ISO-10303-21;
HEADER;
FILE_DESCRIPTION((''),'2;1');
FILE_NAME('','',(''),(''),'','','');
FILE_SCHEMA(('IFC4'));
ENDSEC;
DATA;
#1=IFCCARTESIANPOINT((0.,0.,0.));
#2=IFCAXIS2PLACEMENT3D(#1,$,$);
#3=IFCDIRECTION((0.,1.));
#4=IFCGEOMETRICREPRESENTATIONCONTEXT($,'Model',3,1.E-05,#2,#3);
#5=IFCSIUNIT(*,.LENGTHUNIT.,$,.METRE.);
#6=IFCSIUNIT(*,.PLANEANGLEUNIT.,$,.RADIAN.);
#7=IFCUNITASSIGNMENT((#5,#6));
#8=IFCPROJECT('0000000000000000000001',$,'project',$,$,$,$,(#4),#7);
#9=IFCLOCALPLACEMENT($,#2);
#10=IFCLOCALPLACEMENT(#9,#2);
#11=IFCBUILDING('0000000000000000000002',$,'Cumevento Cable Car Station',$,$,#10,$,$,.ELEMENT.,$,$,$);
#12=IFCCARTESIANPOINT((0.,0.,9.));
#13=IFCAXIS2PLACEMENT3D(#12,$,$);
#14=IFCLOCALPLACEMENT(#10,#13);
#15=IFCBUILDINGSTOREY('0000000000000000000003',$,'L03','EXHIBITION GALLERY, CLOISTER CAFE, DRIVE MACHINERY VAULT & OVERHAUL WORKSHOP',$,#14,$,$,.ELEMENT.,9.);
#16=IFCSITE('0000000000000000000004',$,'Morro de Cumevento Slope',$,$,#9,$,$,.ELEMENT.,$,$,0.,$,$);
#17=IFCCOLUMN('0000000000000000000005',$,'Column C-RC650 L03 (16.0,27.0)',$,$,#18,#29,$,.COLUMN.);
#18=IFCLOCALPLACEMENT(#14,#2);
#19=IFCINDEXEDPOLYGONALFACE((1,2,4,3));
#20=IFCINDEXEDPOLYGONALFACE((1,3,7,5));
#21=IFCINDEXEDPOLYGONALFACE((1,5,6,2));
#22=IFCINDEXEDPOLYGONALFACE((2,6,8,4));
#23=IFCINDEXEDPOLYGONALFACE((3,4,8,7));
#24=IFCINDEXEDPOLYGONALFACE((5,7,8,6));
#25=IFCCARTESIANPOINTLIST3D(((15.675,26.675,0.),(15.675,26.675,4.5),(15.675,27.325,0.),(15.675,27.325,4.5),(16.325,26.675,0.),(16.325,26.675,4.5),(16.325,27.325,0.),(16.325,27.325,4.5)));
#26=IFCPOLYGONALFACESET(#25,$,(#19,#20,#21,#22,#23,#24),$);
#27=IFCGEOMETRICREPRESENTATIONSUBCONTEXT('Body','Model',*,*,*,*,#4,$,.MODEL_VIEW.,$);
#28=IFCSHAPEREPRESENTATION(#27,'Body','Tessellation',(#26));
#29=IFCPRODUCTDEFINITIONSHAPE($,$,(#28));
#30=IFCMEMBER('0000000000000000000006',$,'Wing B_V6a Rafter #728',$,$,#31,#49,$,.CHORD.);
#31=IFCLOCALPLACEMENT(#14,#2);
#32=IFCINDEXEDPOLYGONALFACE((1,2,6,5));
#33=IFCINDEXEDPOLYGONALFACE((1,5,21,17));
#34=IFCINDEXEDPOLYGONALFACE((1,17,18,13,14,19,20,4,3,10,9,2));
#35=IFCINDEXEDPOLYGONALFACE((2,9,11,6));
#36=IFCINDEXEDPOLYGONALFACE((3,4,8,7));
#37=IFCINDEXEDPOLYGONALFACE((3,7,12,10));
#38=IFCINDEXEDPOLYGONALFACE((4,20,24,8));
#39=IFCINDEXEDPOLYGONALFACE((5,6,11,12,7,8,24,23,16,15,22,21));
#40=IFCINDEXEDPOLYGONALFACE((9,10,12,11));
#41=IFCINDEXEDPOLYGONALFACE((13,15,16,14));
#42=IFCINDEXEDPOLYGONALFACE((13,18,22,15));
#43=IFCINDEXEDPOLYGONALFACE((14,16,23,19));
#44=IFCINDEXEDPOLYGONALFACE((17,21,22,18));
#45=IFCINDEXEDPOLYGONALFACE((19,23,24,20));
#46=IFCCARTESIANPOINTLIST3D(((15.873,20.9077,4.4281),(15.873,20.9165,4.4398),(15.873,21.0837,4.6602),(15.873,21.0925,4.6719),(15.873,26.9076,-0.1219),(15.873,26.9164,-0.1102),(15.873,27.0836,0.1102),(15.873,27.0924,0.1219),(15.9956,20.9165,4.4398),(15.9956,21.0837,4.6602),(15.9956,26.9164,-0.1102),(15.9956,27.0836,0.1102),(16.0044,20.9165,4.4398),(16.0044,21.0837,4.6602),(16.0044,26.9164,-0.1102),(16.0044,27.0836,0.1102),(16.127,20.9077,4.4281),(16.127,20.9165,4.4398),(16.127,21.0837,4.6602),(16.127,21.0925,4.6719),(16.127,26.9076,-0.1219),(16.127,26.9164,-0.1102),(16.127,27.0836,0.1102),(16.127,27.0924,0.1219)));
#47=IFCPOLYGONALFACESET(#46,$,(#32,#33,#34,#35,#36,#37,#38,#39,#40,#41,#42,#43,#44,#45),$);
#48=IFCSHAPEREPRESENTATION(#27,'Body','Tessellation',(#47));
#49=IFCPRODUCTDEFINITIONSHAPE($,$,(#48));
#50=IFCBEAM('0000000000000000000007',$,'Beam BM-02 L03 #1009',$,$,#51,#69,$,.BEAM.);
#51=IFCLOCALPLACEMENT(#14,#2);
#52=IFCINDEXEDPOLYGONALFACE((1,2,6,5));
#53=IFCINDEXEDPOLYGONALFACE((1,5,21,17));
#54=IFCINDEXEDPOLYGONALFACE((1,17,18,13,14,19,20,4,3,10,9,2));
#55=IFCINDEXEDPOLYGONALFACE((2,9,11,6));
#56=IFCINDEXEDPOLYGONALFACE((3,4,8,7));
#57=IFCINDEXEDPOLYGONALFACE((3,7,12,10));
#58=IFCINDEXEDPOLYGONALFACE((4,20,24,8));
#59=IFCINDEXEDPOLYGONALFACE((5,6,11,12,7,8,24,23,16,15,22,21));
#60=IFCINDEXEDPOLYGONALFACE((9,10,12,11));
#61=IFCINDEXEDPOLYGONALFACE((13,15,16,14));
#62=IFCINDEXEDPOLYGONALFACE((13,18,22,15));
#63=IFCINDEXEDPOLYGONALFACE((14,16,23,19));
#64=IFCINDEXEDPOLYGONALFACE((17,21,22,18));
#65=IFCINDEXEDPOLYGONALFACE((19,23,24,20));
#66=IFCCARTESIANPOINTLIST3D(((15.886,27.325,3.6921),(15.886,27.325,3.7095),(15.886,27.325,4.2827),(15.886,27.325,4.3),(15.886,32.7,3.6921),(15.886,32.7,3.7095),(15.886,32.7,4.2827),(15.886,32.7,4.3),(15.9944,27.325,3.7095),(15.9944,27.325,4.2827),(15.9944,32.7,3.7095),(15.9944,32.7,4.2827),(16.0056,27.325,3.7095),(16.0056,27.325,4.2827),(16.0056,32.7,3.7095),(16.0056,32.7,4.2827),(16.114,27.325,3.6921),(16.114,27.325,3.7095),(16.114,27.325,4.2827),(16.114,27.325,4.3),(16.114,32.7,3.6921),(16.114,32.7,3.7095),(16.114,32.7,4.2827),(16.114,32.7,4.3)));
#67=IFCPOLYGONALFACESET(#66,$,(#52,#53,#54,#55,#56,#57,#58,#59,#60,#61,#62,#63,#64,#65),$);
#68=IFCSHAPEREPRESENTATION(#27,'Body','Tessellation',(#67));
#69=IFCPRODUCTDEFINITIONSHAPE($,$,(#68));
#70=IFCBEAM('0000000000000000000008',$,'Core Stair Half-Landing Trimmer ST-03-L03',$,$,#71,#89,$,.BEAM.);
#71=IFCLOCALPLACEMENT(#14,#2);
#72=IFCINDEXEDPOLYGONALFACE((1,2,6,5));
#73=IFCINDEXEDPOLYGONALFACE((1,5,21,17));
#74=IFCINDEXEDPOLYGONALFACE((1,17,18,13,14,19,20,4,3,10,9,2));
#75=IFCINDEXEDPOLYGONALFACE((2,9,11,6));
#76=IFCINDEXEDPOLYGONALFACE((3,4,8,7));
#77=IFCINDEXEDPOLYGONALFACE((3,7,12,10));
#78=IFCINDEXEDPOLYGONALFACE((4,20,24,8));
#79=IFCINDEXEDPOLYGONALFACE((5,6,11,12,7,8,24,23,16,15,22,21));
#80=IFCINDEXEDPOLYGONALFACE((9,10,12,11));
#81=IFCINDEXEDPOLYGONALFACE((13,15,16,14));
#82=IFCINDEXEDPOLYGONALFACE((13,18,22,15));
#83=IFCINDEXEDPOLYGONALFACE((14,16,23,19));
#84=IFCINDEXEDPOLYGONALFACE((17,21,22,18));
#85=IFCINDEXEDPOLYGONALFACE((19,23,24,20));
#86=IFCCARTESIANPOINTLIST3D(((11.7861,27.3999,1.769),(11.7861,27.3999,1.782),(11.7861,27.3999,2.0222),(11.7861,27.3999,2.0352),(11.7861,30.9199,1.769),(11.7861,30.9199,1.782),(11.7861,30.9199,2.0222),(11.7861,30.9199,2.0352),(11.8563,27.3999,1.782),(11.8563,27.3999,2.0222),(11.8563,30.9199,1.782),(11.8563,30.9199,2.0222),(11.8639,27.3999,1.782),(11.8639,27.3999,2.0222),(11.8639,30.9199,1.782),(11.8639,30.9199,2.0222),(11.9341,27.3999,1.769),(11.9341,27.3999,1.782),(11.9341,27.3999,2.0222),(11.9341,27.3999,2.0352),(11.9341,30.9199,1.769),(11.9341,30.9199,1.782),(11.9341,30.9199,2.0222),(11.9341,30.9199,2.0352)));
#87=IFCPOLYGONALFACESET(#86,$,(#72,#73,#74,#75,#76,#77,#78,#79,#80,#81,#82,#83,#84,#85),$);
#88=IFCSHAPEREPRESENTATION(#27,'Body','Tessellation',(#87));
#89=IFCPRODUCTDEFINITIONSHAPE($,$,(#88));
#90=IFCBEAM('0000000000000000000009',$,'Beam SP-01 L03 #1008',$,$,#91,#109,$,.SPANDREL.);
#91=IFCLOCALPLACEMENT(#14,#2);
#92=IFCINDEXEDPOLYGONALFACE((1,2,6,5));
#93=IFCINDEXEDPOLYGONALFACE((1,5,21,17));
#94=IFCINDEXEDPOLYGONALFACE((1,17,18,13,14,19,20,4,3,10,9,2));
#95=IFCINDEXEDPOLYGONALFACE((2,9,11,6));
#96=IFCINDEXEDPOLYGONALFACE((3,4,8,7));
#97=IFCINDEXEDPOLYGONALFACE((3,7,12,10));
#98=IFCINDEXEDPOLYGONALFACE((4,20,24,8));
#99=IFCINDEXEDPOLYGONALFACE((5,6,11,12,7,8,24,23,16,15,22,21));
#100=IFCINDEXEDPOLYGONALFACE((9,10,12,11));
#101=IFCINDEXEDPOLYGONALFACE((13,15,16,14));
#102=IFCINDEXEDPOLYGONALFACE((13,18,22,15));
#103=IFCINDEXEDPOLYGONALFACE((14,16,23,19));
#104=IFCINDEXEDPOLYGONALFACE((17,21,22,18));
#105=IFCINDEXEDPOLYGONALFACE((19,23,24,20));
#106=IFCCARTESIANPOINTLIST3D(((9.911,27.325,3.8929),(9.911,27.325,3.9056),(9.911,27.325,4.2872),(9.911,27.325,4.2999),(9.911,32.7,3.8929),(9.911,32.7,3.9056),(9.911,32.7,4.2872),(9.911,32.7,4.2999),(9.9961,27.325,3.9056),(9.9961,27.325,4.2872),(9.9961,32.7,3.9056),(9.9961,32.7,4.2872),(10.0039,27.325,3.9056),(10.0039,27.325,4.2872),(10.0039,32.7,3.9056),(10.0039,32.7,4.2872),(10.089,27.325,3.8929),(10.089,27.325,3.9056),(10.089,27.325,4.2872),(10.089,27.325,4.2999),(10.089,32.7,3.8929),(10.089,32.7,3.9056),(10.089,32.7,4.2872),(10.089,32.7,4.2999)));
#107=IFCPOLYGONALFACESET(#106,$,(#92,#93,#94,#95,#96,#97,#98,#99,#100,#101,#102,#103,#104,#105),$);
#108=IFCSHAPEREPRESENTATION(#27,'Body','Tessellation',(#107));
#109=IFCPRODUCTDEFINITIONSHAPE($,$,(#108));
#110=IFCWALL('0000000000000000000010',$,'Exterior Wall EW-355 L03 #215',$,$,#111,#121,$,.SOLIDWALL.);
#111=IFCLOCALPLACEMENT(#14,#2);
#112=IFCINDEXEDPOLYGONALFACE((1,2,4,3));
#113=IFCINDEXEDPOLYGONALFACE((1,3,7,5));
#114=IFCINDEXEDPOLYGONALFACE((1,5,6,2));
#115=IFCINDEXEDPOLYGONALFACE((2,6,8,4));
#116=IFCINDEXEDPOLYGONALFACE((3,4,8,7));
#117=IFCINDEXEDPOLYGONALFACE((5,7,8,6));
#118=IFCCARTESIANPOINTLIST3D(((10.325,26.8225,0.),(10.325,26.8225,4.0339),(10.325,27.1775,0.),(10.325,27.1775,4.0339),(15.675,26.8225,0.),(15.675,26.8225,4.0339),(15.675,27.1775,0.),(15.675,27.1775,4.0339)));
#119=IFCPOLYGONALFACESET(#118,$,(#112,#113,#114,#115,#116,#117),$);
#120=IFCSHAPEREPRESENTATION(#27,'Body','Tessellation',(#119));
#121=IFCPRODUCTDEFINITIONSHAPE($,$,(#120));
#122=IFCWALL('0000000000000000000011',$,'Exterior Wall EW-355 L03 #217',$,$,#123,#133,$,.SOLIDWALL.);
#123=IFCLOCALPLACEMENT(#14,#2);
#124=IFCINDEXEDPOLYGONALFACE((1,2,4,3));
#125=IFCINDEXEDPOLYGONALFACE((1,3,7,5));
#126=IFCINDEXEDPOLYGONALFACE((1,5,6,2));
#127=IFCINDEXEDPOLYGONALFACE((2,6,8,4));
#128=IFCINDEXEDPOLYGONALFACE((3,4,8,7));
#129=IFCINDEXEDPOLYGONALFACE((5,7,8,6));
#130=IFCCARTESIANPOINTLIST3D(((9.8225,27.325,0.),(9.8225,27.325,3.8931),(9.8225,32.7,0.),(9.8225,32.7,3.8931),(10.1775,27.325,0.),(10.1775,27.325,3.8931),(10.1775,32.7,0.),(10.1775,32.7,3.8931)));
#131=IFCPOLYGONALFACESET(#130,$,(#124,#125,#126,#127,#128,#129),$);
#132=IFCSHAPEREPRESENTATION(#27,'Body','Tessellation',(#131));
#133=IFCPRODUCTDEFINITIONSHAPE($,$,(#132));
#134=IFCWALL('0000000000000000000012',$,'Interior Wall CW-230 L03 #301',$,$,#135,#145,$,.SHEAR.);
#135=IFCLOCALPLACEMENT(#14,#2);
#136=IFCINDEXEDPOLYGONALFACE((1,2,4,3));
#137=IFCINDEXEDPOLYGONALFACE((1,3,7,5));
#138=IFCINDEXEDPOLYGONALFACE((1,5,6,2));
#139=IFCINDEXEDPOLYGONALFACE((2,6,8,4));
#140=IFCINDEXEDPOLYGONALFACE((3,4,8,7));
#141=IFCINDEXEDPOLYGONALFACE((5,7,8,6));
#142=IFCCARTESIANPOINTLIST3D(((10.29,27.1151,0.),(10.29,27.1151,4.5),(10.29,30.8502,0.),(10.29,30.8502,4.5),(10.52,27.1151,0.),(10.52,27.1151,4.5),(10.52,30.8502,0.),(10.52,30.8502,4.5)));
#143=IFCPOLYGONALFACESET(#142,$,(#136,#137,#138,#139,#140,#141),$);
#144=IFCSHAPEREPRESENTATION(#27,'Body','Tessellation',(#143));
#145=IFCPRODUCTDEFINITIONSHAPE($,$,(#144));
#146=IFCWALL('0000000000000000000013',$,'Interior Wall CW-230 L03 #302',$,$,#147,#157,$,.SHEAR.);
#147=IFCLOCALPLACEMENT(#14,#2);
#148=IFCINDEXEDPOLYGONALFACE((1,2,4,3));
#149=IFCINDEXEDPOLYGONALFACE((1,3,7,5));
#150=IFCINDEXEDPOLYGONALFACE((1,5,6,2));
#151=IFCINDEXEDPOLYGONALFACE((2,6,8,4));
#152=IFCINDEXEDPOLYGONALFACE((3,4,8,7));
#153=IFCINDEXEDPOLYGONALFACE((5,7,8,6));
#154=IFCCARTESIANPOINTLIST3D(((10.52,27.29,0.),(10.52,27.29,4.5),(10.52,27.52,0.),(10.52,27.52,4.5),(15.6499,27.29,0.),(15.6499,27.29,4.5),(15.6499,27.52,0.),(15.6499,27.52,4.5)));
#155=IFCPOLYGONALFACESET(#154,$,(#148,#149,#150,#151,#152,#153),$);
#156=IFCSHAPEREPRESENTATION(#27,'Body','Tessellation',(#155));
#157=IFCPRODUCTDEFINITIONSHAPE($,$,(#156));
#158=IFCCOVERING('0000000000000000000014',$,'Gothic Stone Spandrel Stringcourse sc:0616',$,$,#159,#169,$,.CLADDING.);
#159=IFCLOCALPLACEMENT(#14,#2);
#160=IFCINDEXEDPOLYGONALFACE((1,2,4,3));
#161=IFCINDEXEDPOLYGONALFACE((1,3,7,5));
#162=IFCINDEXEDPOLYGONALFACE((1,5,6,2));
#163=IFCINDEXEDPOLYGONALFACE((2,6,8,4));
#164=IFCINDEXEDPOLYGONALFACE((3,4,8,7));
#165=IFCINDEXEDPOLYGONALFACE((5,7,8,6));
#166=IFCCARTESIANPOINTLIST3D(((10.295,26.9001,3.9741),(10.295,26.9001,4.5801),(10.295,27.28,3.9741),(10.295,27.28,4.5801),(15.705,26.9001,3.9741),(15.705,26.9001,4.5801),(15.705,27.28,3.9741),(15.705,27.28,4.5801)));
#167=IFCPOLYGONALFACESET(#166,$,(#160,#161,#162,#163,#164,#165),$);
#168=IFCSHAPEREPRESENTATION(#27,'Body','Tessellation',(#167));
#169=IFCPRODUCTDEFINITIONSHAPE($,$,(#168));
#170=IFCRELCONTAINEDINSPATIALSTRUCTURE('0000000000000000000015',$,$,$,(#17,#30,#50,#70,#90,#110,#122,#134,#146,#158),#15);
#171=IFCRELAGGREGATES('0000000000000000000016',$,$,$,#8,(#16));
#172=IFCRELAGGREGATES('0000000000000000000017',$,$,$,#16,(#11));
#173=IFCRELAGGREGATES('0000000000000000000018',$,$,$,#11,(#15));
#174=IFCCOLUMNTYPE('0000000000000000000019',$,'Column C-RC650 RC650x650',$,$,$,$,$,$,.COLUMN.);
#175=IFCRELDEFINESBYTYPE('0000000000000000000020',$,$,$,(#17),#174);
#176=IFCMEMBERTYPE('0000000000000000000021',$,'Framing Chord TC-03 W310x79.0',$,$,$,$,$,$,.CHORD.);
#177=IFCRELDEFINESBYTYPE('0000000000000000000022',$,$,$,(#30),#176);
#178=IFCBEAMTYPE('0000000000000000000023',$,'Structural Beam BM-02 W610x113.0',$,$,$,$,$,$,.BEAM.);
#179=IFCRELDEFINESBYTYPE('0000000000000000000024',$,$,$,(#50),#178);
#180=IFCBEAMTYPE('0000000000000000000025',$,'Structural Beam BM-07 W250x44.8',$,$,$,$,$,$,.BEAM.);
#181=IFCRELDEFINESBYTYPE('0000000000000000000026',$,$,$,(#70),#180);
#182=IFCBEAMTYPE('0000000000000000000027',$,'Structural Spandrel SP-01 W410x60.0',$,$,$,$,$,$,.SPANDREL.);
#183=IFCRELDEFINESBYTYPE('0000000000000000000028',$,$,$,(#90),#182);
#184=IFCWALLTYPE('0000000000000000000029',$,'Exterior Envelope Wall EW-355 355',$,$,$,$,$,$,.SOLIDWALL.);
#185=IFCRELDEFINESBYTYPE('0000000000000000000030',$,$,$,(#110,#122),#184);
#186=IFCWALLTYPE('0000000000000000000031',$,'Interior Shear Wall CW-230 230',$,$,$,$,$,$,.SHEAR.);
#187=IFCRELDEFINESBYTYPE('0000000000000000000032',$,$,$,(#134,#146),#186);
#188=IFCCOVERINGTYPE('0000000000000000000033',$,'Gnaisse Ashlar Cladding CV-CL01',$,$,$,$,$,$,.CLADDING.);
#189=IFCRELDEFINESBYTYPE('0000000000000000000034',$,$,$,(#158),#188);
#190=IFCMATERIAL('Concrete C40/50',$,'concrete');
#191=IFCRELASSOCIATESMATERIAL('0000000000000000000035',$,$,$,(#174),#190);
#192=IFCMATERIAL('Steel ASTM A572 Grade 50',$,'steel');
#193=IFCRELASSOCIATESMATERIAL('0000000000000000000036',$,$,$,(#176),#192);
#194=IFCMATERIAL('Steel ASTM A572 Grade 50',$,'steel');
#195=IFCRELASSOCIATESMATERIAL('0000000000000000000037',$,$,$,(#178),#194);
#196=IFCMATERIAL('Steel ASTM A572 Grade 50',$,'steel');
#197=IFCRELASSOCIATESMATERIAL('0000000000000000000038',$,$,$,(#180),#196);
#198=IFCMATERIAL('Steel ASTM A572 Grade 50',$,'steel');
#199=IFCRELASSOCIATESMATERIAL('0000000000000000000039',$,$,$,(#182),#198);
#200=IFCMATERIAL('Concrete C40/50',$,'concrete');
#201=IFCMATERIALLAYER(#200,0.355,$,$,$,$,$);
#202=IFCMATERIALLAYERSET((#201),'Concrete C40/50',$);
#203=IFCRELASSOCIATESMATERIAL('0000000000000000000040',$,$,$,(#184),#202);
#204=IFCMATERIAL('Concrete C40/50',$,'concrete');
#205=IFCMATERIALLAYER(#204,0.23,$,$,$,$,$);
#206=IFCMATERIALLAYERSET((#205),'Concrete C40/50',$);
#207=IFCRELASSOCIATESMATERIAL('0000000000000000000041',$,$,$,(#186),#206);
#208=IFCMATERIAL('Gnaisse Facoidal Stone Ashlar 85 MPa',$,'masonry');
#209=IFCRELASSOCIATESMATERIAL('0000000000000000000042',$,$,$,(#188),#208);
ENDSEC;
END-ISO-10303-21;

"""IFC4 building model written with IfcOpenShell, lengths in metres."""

from ifc_helpers import new_model, si_unit, direction, frame, frame_2d, origin, origin_2d, place, context, subcontext, project, spatial, rectangle, i_section, extrude, material, layer, layer_set, material_profile, profile_set, type_object, element, save


model = new_model("IFC4")

# Units and contexts
model_context = context("Model", 3, precision=1e-05, world=origin(), true_north=direction((0.0, 1.0)))
body_context = subcontext(model_context, "Body", "Model", "MODEL_VIEW")
ifc_project = project(units=[si_unit("LENGTHUNIT", "METRE"), si_unit("PLANEANGLEUNIT", "RADIAN")], contexts=[model_context])

# Site, building, storey
site_placement = place(None, origin())
site = spatial("IfcSite", under=ifc_project, at=site_placement, Name="Morro de Cumevento Slope", CompositionType="ELEMENT", RefElevation=0.0)
building_placement = place(site_placement, origin())
building = spatial("IfcBuilding", under=site, at=building_placement, Name="Cumevento Cable Car Station", CompositionType="ELEMENT")
storey_placement = place(building_placement, frame((0.0, 0.0, 9.0)))
storey = spatial("IfcBuildingStorey", under=building, at=storey_placement, Name="L03", Description="EXHIBITION GALLERY, CLOISTER CAFE, DRIVE MACHINERY VAULT & OVERHAUL WORKSHOP", CompositionType="ELEMENT", Elevation=9.0)

# Column
ifc_material_1 = material(Name="Concrete C40/50", Category="concrete")
ifc_material_profile_1 = material_profile(ifc_material_1, rectangle(XDim=0.6499, YDim=0.6499, at=origin_2d()), Name="RC650x650")
ifc_profile_set_1 = profile_set([ifc_material_profile_1], Name="Concrete C40/50")
column_type = type_object("IfcColumnType", Name="Column C-RC650 RC650x650", PredefinedType="COLUMN", material=ifc_profile_set_1)
column_placement = place(storey_placement, frame((16.0, 27.0, 0.0), z_axis=(0.0, 0.0, 1.0), x_axis=(1.0, 0.0, 0.0)))
element("IfcColumn", 1, at=column_placement, inside=storey, type_object=column_type, Name="Column C-RC650 L03 (16.0,27.0)", PredefinedType="COLUMN", context=body_context, shape_type="SweptSolid", body=[
    extrude(rectangle(XDim=0.6499, YDim=0.6499, at=origin_2d()), origin(), (0.0, 0.0, 1.0), 4.5),
])

# Member
ifc_material_2 = material(Name="Steel ASTM A572 Grade 50", Category="steel")
ifc_material_profile_2 = material_profile(ifc_material_2, i_section(OverallWidth=0.2539, OverallDepth=0.3059, WebThickness=0.0088, FlangeThickness=0.0146, at=origin_2d()), Name="W310x79.0")
ifc_profile_set_2 = profile_set([ifc_material_profile_2], Name="Steel ASTM A572 Grade 50")
member_type = type_object("IfcMemberType", Name="Framing Chord TC-03 W310x79.0", PredefinedType="CHORD", material=ifc_profile_set_2)
member_placement = place(storey_placement, frame((16.0, 27.0, 0.0), z_axis=(0.0, -0.796798, 0.604245), x_axis=(1.0, 0.0, 0.0)))
element("IfcMember", 2, at=member_placement, inside=storey, type_object=member_type, Name="Wing B_V6a Rafter #728", PredefinedType="CHORD", context=body_context, shape_type="SweptSolid", body=[
    extrude(i_section(OverallWidth=0.2539, OverallDepth=0.3059, WebThickness=0.0088, FlangeThickness=0.0146, at=origin_2d()), origin(), (0.0, 0.0, 1.0), 7.53),
])

# Beams
ifc_material_3 = material(Name="Steel ASTM A572 Grade 50", Category="steel")
ifc_material_profile_3 = material_profile(ifc_material_3, i_section(OverallWidth=0.228, OverallDepth=0.6079, WebThickness=0.0112, FlangeThickness=0.0173, at=origin_2d()), Name="W610x113.0")
ifc_profile_set_3 = profile_set([ifc_material_profile_3], Name="Steel ASTM A572 Grade 50")
beam_type_1 = type_object("IfcBeamType", Name="Structural Beam BM-02 W610x113.0", PredefinedType="BEAM", material=ifc_profile_set_3)
beam_1_placement = place(storey_placement, frame((16.0, 27.325, 3.9961), z_axis=(0.0, 1.0, 0.0), x_axis=(-1.0, 0.0, 0.0)))
element("IfcBeam", 3, at=beam_1_placement, inside=storey, type_object=beam_type_1, Name="Beam BM-02 L03 #1009", PredefinedType="BEAM", context=body_context, shape_type="SweptSolid", body=[
    extrude(i_section(OverallWidth=0.228, OverallDepth=0.6079, WebThickness=0.0112, FlangeThickness=0.0173, at=origin_2d()), origin(), (0.0, 0.0, 1.0), 5.375),
])
ifc_material_4 = material(Name="Steel ASTM A572 Grade 50", Category="steel")
ifc_material_profile_4 = material_profile(ifc_material_4, i_section(OverallWidth=0.1479, OverallDepth=0.2661, WebThickness=0.0076, FlangeThickness=0.0129, at=origin_2d()), Name="W250x44.8")
ifc_profile_set_4 = profile_set([ifc_material_profile_4], Name="Steel ASTM A572 Grade 50")
beam_type_2 = type_object("IfcBeamType", Name="Structural Beam BM-07 W250x44.8", PredefinedType="BEAM", material=ifc_profile_set_4)
beam_2_placement = place(storey_placement, frame((11.8601, 27.3999, 1.9021), z_axis=(0.0, 1.0, 0.0), x_axis=(-1.0, 0.0, 0.0)))
element("IfcBeam", 4, at=beam_2_placement, inside=storey, type_object=beam_type_2, Name="Core Stair Half-Landing Trimmer ST-03-L03", PredefinedType="BEAM", context=body_context, shape_type="SweptSolid", body=[
    extrude(i_section(OverallWidth=0.1479, OverallDepth=0.2661, WebThickness=0.0076, FlangeThickness=0.0129, at=origin_2d()), origin(), (0.0, 0.0, 1.0), 3.52),
])
ifc_material_5 = material(Name="Steel ASTM A572 Grade 50", Category="steel")
ifc_material_profile_5 = material_profile(ifc_material_5, i_section(OverallWidth=0.178, OverallDepth=0.407, WebThickness=0.0078, FlangeThickness=0.0127, at=origin_2d()), Name="W410x60.0")
ifc_profile_set_5 = profile_set([ifc_material_profile_5], Name="Steel ASTM A572 Grade 50")
beam_type_3 = type_object("IfcBeamType", Name="Structural Spandrel SP-01 W410x60.0", PredefinedType="SPANDREL", material=ifc_profile_set_5)
beam_3_placement = place(storey_placement, frame((10.0, 27.325, 4.0964), z_axis=(0.0, 1.0, 0.0), x_axis=(-1.0, 0.0, 0.0)))
element("IfcBeam", 5, at=beam_3_placement, inside=storey, type_object=beam_type_3, Name="Beam SP-01 L03 #1008", PredefinedType="SPANDREL", context=body_context, shape_type="SweptSolid", body=[
    extrude(i_section(OverallWidth=0.178, OverallDepth=0.407, WebThickness=0.0078, FlangeThickness=0.0127, at=origin_2d()), origin(), (0.0, 0.0, 1.0), 5.375),
])

# Walls
ifc_material_6 = material(Name="Concrete C40/50", Category="concrete")
ifc_layer_1 = layer(ifc_material_6, 0.355)
ifc_layer_set_1 = layer_set([ifc_layer_1], Name="Concrete C40/50")
wall_type_1 = type_object("IfcWallType", Name="Exterior Envelope Wall EW-355 355", PredefinedType="SOLIDWALL", material=ifc_layer_set_1)
wall_1_placement = place(storey_placement, frame((15.675, 27.0, 0.0), z_axis=(0.0, 0.0, 1.0), x_axis=(-1.0, 0.0, 0.0)))
element("IfcWall", 6, at=wall_1_placement, inside=storey, type_object=wall_type_1, Name="Exterior Wall EW-355 L03 #215", PredefinedType="SOLIDWALL", context=body_context, shape_type="SweptSolid", body=[
    extrude(rectangle(XDim=5.3501, YDim=0.355, at=frame_2d((2.675, 0.0))), origin(), (0.0, 0.0, 1.0), 4.0339),
])
wall_2_placement = place(storey_placement, frame((10.0, 27.325, 0.0), z_axis=(0.0, 0.0, 1.0), x_axis=(0.0, 1.0, 0.0)))
element("IfcWall", 7, at=wall_2_placement, inside=storey, type_object=wall_type_1, Name="Exterior Wall EW-355 L03 #217", PredefinedType="SOLIDWALL", context=body_context, shape_type="SweptSolid", body=[
    extrude(rectangle(XDim=5.375, YDim=0.355, at=frame_2d((2.6875, 0.0))), origin(), (0.0, 0.0, 1.0), 3.8931),
])
ifc_material_7 = material(Name="Concrete C40/50", Category="concrete")
ifc_layer_2 = layer(ifc_material_7, 0.23)
ifc_layer_set_2 = layer_set([ifc_layer_2], Name="Concrete C40/50")
wall_type_2 = type_object("IfcWallType", Name="Interior Shear Wall CW-230 230", PredefinedType="SHEAR", material=ifc_layer_set_2)
wall_3_placement = place(storey_placement, frame((10.405, 27.115, 0.0), z_axis=(0.0, 0.0, 1.0), x_axis=(0.0, 1.0, 0.0)))
element("IfcWall", 8, at=wall_3_placement, inside=storey, type_object=wall_type_2, Name="Interior Wall CW-230 L03 #301", PredefinedType="SHEAR", context=body_context, shape_type="SweptSolid", body=[
    extrude(rectangle(XDim=3.7351, YDim=0.23, at=frame_2d((1.8677, 0.0))), origin(), (0.0, 0.0, 1.0), 4.5),
])
wall_4_placement = place(storey_placement, frame((10.52, 27.405, 0.0), z_axis=(0.0, 0.0, 1.0), x_axis=(1.0, 0.0, 0.0)))
element("IfcWall", 9, at=wall_4_placement, inside=storey, type_object=wall_type_2, Name="Interior Wall CW-230 L03 #302", PredefinedType="SHEAR", context=body_context, shape_type="SweptSolid", body=[
    extrude(rectangle(XDim=5.1299, YDim=0.23, at=frame_2d((2.5649, 0.0))), origin(), (0.0, 0.0, 1.0), 4.5),
])

# Covering
ifc_material_8 = material(Name="Gnaisse Facoidal Stone Ashlar 85 MPa", Category="masonry")
covering_type = type_object("IfcCoveringType", Name="Gnaisse Ashlar Cladding CV-CL01", PredefinedType="CLADDING", material=ifc_material_8)
covering_1_placement = place(storey_placement, frame((13.0, 27.0901, 3.9741), z_axis=(0.0, 0.0, 1.0), x_axis=(-1.0, 0.0, 0.0)))
element("IfcCovering", 10, at=covering_1_placement, inside=storey, type_object=covering_type, Name="Gothic Stone Spandrel Stringcourse sc:0616", PredefinedType="CLADDING", context=body_context, shape_type="SweptSolid", body=[
    extrude(rectangle(XDim=5.4099, YDim=0.3799, at=origin_2d()), origin(), (0.0, 0.0, 1.0), 0.606),
])

save(model, "model.ifc")
